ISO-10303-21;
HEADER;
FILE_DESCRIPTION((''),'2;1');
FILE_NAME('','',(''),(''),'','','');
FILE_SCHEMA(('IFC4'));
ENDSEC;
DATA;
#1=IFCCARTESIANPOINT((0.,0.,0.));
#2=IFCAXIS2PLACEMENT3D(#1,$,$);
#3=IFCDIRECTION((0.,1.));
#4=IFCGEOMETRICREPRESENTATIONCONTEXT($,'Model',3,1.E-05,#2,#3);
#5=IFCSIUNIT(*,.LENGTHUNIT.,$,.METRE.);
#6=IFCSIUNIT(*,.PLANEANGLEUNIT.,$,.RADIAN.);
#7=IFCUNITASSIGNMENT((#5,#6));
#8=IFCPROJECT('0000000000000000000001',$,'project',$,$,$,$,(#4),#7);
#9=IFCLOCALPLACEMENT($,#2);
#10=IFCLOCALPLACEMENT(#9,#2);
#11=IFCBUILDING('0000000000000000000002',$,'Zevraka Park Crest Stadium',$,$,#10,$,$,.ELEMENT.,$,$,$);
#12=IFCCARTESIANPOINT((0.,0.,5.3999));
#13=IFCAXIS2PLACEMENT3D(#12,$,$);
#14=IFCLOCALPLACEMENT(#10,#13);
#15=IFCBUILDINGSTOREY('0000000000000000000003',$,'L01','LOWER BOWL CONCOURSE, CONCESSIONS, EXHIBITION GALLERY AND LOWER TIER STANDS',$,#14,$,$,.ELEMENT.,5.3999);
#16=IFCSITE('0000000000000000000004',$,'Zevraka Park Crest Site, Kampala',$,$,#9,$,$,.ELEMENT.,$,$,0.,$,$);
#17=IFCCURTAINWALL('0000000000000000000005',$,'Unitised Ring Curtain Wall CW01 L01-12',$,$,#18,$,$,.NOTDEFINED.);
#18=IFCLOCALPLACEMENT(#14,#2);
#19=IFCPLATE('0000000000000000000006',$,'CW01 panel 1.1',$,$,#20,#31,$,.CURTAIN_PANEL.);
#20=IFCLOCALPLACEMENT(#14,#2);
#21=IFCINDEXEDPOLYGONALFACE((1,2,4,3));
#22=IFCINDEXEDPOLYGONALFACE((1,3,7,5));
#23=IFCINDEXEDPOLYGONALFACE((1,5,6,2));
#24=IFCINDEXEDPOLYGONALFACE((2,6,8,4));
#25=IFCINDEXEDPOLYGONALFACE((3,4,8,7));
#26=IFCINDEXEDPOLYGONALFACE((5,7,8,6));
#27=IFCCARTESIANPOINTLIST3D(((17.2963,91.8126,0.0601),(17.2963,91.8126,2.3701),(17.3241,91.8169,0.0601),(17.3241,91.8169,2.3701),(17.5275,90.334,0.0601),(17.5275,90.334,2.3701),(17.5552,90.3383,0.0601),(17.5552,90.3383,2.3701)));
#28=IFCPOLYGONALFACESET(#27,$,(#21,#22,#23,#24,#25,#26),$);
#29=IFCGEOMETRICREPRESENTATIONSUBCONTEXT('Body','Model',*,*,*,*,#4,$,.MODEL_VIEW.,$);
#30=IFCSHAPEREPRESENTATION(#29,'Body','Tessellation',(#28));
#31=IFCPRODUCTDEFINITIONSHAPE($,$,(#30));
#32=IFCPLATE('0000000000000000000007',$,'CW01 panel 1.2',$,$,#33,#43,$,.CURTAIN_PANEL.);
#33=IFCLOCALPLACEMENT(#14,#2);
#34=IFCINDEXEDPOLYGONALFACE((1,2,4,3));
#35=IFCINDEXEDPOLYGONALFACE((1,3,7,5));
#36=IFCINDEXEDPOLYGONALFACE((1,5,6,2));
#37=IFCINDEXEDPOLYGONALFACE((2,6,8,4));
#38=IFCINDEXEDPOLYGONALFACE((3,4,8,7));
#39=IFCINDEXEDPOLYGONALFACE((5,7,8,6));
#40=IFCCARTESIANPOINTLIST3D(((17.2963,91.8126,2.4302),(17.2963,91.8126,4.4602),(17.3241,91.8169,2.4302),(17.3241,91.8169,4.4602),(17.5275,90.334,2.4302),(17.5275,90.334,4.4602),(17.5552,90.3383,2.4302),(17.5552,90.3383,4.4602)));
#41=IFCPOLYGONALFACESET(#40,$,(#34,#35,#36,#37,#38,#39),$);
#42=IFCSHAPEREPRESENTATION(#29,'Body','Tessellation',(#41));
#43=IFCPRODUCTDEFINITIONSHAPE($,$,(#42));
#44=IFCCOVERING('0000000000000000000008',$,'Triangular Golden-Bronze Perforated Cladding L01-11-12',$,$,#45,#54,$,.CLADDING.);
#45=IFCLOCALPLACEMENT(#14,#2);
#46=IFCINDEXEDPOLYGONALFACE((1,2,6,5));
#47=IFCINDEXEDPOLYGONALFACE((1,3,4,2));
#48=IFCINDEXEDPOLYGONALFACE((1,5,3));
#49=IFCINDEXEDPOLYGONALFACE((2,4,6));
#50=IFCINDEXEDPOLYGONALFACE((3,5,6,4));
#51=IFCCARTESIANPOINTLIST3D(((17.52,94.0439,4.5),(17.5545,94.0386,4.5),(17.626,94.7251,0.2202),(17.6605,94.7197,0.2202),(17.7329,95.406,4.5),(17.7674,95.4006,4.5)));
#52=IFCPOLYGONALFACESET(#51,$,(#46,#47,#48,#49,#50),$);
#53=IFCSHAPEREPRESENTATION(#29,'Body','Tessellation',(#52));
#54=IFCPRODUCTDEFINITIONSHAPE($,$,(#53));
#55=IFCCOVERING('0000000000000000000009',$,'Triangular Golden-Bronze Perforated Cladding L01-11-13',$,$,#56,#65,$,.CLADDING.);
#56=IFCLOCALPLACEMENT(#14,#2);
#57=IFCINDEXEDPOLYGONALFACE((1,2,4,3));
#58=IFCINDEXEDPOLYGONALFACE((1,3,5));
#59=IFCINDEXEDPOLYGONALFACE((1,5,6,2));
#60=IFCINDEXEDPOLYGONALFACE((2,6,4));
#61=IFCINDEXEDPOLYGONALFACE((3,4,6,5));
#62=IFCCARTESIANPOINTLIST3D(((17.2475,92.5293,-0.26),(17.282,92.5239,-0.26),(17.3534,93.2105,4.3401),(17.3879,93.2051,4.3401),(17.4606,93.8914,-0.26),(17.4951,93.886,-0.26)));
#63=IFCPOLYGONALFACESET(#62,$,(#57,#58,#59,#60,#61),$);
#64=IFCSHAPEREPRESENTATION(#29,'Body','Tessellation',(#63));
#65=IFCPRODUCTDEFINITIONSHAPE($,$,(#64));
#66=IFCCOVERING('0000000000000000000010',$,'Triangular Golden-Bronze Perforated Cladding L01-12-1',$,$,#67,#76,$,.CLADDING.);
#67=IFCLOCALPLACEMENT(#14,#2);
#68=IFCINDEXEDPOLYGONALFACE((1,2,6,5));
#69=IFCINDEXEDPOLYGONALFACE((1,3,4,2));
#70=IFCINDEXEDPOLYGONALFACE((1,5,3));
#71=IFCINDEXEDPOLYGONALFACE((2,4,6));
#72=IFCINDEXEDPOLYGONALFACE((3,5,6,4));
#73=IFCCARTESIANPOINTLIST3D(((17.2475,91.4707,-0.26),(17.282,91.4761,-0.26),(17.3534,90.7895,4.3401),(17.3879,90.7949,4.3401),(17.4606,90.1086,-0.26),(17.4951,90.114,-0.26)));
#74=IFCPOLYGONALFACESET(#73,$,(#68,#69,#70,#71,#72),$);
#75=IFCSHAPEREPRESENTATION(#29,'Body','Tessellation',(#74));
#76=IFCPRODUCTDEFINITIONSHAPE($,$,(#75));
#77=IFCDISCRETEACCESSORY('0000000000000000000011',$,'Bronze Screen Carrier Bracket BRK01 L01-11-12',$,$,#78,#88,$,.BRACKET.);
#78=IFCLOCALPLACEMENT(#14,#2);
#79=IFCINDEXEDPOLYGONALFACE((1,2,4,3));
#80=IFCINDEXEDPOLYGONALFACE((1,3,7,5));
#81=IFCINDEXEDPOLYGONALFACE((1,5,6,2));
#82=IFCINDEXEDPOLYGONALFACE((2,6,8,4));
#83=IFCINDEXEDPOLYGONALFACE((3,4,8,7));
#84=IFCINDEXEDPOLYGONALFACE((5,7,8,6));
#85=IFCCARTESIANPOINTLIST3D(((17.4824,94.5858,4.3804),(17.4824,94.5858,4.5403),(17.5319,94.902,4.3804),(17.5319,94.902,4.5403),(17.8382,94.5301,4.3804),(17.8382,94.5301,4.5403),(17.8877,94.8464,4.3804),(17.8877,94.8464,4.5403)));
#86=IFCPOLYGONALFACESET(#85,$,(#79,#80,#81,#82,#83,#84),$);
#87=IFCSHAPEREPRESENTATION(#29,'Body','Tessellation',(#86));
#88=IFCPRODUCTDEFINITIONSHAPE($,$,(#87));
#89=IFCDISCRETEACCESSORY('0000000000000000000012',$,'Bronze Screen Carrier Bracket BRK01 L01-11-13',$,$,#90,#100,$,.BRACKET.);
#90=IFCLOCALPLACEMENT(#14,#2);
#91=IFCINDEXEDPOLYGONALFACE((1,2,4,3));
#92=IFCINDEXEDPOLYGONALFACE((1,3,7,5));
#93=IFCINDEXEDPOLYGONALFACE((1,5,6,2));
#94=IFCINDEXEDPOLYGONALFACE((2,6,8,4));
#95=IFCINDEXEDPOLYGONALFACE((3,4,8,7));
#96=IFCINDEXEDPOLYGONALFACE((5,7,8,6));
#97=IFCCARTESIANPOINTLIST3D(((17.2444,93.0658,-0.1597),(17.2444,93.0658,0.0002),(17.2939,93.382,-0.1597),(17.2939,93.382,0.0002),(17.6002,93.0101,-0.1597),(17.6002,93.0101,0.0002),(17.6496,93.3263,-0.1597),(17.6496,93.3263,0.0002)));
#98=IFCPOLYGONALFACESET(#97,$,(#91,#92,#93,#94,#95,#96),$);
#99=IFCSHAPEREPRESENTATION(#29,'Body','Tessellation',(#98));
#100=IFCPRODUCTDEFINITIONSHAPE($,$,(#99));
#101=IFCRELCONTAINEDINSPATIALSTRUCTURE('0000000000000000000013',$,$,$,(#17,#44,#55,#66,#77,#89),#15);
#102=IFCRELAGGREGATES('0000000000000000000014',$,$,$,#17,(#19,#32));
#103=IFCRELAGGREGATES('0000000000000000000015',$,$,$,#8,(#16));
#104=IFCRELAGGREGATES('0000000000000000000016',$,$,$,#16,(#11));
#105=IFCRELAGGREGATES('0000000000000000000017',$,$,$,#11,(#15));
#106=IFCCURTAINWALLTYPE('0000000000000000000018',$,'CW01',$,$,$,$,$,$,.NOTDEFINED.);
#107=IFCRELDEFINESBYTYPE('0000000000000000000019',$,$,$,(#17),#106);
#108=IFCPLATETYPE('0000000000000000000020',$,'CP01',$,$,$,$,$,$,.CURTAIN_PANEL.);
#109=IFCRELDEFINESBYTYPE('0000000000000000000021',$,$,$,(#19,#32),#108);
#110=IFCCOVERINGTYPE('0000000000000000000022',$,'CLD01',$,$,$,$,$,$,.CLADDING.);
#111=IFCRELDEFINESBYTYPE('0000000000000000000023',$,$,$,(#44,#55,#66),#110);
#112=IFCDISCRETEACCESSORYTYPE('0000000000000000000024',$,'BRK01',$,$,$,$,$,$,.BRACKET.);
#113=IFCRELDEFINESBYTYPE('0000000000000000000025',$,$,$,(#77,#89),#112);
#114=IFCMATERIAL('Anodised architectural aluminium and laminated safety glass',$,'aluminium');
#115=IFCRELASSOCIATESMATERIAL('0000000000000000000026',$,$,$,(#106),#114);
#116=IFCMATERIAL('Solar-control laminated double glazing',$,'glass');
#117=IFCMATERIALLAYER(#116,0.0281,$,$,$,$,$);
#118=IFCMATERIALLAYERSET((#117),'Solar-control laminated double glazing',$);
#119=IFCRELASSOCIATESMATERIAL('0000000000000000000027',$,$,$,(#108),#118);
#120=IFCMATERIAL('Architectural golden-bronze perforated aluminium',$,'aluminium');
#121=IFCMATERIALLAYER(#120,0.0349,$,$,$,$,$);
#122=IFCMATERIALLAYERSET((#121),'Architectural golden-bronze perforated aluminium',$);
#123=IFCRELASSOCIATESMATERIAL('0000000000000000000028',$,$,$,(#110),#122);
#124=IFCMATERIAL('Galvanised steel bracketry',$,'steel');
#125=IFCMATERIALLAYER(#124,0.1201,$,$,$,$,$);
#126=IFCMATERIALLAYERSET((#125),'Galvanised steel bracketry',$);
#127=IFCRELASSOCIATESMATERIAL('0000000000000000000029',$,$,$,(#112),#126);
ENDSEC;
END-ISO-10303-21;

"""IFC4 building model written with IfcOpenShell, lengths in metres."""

from ifc_helpers import new_model, si_unit, direction, frame, origin, origin_2d, place, context, subcontext, project, spatial, polyline, rectangle, outline, extrude, material, layer, layer_set, type_object, element, aggregate, save


model = new_model("IFC4")

# Units and contexts
model_context = context("Model", 3, precision=1e-05, world=origin(), true_north=direction((0.0, 1.0)))
body_context = subcontext(model_context, "Body", "Model", "MODEL_VIEW")
ifc_project = project(units=[si_unit("LENGTHUNIT", "METRE"), si_unit("PLANEANGLEUNIT", "RADIAN")], contexts=[model_context])

# Site, building, storey
site_placement = place(None, origin())
site = spatial("IfcSite", under=ifc_project, at=site_placement, Name="Zevraka Park Crest Site, Kampala", CompositionType="ELEMENT", RefElevation=0.0)
building_placement = place(site_placement, origin())
building = spatial("IfcBuilding", under=site, at=building_placement, Name="Zevraka Park Crest Stadium", CompositionType="ELEMENT")
storey_placement = place(building_placement, frame((0.0, 0.0, 5.3999)))
storey = spatial("IfcBuildingStorey", under=building, at=storey_placement, Name="L01", Description="LOWER BOWL CONCOURSE, CONCESSIONS, EXHIBITION GALLERY AND LOWER TIER STANDS", CompositionType="ELEMENT", Elevation=5.3999)

# Shared definitions
ifc_material_1 = material(Name="Anodised architectural aluminium and laminated safety glass", Category="aluminium")
curtain_wall_type = type_object("IfcCurtainWallType", Name="CW01", PredefinedType="NOTDEFINED", material=ifc_material_1)

# Curtain wall
curtain_wall_1_placement = place(storey_placement, origin())
curtain_wall_1 = element("IfcCurtainWall", 1, at=curtain_wall_1_placement, inside=storey, type_object=curtain_wall_type, Name="Unitised Ring Curtain Wall CW01 L01-12", PredefinedType="NOTDEFINED")

# Plates
ifc_material_2 = material(Name="Solar-control laminated double glazing", Category="glass")
ifc_layer_1 = layer(ifc_material_2, 0.0281)
ifc_layer_set_1 = layer_set([ifc_layer_1], Name="Solar-control laminated double glazing")
plate_type = type_object("IfcPlateType", Name="CP01", PredefinedType="CURTAIN_PANEL", material=ifc_layer_set_1)
plate_1_placement = place(storey_placement, frame((17.4258, 91.0754, 0.0601), z_axis=(0.0, 0.0, 1.0), x_axis=(0.154476, -0.987997, 0.0)))
plate_1 = element("IfcPlate", 2, at=plate_1_placement, type_object=plate_type, Name="CW01 panel 1.1", PredefinedType="CURTAIN_PANEL", context=body_context, shape_type="SweptSolid", body=[
    extrude(rectangle(XDim=1.4966, YDim=0.0281, at=origin_2d()), origin(), (0.0, 0.0, 1.0), 2.3101),
])
plate_2_placement = place(storey_placement, frame((17.4258, 91.0754, 2.4302), z_axis=(0.0, 0.0, 1.0), x_axis=(0.154476, -0.987997, 0.0)))
plate_2 = element("IfcPlate", 3, at=plate_2_placement, type_object=plate_type, Name="CW01 panel 1.2", PredefinedType="CURTAIN_PANEL", context=body_context, shape_type="SweptSolid", body=[
    extrude(rectangle(XDim=1.4966, YDim=0.0281, at=origin_2d()), origin(), (0.0, 0.0, 1.0), 2.03),
])
aggregate(curtain_wall_1, [plate_1, plate_2])

# Coverings
ifc_material_3 = material(Name="Architectural golden-bronze perforated aluminium", Category="aluminium")
ifc_layer_2 = layer(ifc_material_3, 0.0349)
ifc_layer_set_2 = layer_set([ifc_layer_2], Name="Architectural golden-bronze perforated aluminium")
covering_type = type_object("IfcCoveringType", Name="CLD01", PredefinedType="CLADDING", material=ifc_layer_set_2)
covering_1_placement = place(storey_placement, frame((17.52, 94.0439, 4.5), z_axis=(-0.988004, 0.154425, 0.000117), x_axis=(0.154426, 0.988004, 0.0)))
element("IfcCovering", 4, at=covering_1_placement, inside=storey, type_object=covering_type, Name="Triangular Golden-Bronze Perforated Cladding L01-11-12", PredefinedType="CLADDING", context=body_context, shape_type="SweptSolid", body=[
    extrude(outline(polyline([(0.0, 0.0), (1.3786, 0.0), (0.6893, 4.2798), (0.0, 0.0)])), origin(), (0.0, 0.0, -1.0), 0.0349),
])
covering_2_placement = place(storey_placement, frame((17.4951, 93.886, -0.26), z_axis=(0.987977, -0.154598, 0.000135), x_axis=(-0.154598, -0.987977, 0.0)))
element("IfcCovering", 5, at=covering_2_placement, inside=storey, type_object=covering_type, Name="Triangular Golden-Bronze Perforated Cladding L01-11-13", PredefinedType="CLADDING", context=body_context, shape_type="SweptSolid", body=[
    extrude(outline(polyline([(0.0, 0.0), (1.3786, 0.0), (0.6893, -4.6001), (0.0, 0.0)])), origin(), (0.0, 0.0, -1.0), 0.0349),
])
covering_3_placement = place(storey_placement, frame((17.282, 91.4761, -0.26), z_axis=(0.987977, 0.154598, 0.000135), x_axis=(0.154598, -0.987977, 0.0)))
element("IfcCovering", 6, at=covering_3_placement, inside=storey, type_object=covering_type, Name="Triangular Golden-Bronze Perforated Cladding L01-12-1", PredefinedType="CLADDING", context=body_context, shape_type="SweptSolid", body=[
    extrude(outline(polyline([(0.0, 0.0), (1.3786, 0.0), (0.6893, -4.6001), (0.0, 0.0)])), origin(), (0.0, 0.0, -1.0), 0.0349),
])

# Discrete accessories
ifc_material_4 = material(Name="Galvanised steel bracketry", Category="steel")
ifc_layer_3 = layer(ifc_material_4, 0.1201)
ifc_layer_set_3 = layer_set([ifc_layer_3], Name="Galvanised steel bracketry")
discrete_accessory_type = type_object("IfcDiscreteAccessoryType", Name="BRK01", PredefinedType="BRACKET", material=ifc_layer_set_3)
for number, where, z_axis, x_axis, name in (
    (7, (17.6851, 94.7161, 4.3804), (0.0, 0.0, 1.0), (-0.154538, -0.987987, 0.0), "Bronze Screen Carrier Bracket BRK01 L01-11-12"),
    (8, (17.447, 93.196, -0.1597), (0.0, 0.0, 1.0), (-0.154538, -0.987987, 0.0), "Bronze Screen Carrier Bracket BRK01 L01-11-13"),
):
    element("IfcDiscreteAccessory", number, at=place(storey_placement, frame(where, z_axis=z_axis, x_axis=x_axis)), inside=storey, type_object=discrete_accessory_type, Name=name, PredefinedType="BRACKET", context=body_context, shape_type="SweptSolid", body=[
        extrude(rectangle(XDim=0.3201, YDim=0.3601, at=origin_2d()), origin(), (0.0, 0.0, 1.0), 0.1599),
    ])

save(model, "model.ifc")
